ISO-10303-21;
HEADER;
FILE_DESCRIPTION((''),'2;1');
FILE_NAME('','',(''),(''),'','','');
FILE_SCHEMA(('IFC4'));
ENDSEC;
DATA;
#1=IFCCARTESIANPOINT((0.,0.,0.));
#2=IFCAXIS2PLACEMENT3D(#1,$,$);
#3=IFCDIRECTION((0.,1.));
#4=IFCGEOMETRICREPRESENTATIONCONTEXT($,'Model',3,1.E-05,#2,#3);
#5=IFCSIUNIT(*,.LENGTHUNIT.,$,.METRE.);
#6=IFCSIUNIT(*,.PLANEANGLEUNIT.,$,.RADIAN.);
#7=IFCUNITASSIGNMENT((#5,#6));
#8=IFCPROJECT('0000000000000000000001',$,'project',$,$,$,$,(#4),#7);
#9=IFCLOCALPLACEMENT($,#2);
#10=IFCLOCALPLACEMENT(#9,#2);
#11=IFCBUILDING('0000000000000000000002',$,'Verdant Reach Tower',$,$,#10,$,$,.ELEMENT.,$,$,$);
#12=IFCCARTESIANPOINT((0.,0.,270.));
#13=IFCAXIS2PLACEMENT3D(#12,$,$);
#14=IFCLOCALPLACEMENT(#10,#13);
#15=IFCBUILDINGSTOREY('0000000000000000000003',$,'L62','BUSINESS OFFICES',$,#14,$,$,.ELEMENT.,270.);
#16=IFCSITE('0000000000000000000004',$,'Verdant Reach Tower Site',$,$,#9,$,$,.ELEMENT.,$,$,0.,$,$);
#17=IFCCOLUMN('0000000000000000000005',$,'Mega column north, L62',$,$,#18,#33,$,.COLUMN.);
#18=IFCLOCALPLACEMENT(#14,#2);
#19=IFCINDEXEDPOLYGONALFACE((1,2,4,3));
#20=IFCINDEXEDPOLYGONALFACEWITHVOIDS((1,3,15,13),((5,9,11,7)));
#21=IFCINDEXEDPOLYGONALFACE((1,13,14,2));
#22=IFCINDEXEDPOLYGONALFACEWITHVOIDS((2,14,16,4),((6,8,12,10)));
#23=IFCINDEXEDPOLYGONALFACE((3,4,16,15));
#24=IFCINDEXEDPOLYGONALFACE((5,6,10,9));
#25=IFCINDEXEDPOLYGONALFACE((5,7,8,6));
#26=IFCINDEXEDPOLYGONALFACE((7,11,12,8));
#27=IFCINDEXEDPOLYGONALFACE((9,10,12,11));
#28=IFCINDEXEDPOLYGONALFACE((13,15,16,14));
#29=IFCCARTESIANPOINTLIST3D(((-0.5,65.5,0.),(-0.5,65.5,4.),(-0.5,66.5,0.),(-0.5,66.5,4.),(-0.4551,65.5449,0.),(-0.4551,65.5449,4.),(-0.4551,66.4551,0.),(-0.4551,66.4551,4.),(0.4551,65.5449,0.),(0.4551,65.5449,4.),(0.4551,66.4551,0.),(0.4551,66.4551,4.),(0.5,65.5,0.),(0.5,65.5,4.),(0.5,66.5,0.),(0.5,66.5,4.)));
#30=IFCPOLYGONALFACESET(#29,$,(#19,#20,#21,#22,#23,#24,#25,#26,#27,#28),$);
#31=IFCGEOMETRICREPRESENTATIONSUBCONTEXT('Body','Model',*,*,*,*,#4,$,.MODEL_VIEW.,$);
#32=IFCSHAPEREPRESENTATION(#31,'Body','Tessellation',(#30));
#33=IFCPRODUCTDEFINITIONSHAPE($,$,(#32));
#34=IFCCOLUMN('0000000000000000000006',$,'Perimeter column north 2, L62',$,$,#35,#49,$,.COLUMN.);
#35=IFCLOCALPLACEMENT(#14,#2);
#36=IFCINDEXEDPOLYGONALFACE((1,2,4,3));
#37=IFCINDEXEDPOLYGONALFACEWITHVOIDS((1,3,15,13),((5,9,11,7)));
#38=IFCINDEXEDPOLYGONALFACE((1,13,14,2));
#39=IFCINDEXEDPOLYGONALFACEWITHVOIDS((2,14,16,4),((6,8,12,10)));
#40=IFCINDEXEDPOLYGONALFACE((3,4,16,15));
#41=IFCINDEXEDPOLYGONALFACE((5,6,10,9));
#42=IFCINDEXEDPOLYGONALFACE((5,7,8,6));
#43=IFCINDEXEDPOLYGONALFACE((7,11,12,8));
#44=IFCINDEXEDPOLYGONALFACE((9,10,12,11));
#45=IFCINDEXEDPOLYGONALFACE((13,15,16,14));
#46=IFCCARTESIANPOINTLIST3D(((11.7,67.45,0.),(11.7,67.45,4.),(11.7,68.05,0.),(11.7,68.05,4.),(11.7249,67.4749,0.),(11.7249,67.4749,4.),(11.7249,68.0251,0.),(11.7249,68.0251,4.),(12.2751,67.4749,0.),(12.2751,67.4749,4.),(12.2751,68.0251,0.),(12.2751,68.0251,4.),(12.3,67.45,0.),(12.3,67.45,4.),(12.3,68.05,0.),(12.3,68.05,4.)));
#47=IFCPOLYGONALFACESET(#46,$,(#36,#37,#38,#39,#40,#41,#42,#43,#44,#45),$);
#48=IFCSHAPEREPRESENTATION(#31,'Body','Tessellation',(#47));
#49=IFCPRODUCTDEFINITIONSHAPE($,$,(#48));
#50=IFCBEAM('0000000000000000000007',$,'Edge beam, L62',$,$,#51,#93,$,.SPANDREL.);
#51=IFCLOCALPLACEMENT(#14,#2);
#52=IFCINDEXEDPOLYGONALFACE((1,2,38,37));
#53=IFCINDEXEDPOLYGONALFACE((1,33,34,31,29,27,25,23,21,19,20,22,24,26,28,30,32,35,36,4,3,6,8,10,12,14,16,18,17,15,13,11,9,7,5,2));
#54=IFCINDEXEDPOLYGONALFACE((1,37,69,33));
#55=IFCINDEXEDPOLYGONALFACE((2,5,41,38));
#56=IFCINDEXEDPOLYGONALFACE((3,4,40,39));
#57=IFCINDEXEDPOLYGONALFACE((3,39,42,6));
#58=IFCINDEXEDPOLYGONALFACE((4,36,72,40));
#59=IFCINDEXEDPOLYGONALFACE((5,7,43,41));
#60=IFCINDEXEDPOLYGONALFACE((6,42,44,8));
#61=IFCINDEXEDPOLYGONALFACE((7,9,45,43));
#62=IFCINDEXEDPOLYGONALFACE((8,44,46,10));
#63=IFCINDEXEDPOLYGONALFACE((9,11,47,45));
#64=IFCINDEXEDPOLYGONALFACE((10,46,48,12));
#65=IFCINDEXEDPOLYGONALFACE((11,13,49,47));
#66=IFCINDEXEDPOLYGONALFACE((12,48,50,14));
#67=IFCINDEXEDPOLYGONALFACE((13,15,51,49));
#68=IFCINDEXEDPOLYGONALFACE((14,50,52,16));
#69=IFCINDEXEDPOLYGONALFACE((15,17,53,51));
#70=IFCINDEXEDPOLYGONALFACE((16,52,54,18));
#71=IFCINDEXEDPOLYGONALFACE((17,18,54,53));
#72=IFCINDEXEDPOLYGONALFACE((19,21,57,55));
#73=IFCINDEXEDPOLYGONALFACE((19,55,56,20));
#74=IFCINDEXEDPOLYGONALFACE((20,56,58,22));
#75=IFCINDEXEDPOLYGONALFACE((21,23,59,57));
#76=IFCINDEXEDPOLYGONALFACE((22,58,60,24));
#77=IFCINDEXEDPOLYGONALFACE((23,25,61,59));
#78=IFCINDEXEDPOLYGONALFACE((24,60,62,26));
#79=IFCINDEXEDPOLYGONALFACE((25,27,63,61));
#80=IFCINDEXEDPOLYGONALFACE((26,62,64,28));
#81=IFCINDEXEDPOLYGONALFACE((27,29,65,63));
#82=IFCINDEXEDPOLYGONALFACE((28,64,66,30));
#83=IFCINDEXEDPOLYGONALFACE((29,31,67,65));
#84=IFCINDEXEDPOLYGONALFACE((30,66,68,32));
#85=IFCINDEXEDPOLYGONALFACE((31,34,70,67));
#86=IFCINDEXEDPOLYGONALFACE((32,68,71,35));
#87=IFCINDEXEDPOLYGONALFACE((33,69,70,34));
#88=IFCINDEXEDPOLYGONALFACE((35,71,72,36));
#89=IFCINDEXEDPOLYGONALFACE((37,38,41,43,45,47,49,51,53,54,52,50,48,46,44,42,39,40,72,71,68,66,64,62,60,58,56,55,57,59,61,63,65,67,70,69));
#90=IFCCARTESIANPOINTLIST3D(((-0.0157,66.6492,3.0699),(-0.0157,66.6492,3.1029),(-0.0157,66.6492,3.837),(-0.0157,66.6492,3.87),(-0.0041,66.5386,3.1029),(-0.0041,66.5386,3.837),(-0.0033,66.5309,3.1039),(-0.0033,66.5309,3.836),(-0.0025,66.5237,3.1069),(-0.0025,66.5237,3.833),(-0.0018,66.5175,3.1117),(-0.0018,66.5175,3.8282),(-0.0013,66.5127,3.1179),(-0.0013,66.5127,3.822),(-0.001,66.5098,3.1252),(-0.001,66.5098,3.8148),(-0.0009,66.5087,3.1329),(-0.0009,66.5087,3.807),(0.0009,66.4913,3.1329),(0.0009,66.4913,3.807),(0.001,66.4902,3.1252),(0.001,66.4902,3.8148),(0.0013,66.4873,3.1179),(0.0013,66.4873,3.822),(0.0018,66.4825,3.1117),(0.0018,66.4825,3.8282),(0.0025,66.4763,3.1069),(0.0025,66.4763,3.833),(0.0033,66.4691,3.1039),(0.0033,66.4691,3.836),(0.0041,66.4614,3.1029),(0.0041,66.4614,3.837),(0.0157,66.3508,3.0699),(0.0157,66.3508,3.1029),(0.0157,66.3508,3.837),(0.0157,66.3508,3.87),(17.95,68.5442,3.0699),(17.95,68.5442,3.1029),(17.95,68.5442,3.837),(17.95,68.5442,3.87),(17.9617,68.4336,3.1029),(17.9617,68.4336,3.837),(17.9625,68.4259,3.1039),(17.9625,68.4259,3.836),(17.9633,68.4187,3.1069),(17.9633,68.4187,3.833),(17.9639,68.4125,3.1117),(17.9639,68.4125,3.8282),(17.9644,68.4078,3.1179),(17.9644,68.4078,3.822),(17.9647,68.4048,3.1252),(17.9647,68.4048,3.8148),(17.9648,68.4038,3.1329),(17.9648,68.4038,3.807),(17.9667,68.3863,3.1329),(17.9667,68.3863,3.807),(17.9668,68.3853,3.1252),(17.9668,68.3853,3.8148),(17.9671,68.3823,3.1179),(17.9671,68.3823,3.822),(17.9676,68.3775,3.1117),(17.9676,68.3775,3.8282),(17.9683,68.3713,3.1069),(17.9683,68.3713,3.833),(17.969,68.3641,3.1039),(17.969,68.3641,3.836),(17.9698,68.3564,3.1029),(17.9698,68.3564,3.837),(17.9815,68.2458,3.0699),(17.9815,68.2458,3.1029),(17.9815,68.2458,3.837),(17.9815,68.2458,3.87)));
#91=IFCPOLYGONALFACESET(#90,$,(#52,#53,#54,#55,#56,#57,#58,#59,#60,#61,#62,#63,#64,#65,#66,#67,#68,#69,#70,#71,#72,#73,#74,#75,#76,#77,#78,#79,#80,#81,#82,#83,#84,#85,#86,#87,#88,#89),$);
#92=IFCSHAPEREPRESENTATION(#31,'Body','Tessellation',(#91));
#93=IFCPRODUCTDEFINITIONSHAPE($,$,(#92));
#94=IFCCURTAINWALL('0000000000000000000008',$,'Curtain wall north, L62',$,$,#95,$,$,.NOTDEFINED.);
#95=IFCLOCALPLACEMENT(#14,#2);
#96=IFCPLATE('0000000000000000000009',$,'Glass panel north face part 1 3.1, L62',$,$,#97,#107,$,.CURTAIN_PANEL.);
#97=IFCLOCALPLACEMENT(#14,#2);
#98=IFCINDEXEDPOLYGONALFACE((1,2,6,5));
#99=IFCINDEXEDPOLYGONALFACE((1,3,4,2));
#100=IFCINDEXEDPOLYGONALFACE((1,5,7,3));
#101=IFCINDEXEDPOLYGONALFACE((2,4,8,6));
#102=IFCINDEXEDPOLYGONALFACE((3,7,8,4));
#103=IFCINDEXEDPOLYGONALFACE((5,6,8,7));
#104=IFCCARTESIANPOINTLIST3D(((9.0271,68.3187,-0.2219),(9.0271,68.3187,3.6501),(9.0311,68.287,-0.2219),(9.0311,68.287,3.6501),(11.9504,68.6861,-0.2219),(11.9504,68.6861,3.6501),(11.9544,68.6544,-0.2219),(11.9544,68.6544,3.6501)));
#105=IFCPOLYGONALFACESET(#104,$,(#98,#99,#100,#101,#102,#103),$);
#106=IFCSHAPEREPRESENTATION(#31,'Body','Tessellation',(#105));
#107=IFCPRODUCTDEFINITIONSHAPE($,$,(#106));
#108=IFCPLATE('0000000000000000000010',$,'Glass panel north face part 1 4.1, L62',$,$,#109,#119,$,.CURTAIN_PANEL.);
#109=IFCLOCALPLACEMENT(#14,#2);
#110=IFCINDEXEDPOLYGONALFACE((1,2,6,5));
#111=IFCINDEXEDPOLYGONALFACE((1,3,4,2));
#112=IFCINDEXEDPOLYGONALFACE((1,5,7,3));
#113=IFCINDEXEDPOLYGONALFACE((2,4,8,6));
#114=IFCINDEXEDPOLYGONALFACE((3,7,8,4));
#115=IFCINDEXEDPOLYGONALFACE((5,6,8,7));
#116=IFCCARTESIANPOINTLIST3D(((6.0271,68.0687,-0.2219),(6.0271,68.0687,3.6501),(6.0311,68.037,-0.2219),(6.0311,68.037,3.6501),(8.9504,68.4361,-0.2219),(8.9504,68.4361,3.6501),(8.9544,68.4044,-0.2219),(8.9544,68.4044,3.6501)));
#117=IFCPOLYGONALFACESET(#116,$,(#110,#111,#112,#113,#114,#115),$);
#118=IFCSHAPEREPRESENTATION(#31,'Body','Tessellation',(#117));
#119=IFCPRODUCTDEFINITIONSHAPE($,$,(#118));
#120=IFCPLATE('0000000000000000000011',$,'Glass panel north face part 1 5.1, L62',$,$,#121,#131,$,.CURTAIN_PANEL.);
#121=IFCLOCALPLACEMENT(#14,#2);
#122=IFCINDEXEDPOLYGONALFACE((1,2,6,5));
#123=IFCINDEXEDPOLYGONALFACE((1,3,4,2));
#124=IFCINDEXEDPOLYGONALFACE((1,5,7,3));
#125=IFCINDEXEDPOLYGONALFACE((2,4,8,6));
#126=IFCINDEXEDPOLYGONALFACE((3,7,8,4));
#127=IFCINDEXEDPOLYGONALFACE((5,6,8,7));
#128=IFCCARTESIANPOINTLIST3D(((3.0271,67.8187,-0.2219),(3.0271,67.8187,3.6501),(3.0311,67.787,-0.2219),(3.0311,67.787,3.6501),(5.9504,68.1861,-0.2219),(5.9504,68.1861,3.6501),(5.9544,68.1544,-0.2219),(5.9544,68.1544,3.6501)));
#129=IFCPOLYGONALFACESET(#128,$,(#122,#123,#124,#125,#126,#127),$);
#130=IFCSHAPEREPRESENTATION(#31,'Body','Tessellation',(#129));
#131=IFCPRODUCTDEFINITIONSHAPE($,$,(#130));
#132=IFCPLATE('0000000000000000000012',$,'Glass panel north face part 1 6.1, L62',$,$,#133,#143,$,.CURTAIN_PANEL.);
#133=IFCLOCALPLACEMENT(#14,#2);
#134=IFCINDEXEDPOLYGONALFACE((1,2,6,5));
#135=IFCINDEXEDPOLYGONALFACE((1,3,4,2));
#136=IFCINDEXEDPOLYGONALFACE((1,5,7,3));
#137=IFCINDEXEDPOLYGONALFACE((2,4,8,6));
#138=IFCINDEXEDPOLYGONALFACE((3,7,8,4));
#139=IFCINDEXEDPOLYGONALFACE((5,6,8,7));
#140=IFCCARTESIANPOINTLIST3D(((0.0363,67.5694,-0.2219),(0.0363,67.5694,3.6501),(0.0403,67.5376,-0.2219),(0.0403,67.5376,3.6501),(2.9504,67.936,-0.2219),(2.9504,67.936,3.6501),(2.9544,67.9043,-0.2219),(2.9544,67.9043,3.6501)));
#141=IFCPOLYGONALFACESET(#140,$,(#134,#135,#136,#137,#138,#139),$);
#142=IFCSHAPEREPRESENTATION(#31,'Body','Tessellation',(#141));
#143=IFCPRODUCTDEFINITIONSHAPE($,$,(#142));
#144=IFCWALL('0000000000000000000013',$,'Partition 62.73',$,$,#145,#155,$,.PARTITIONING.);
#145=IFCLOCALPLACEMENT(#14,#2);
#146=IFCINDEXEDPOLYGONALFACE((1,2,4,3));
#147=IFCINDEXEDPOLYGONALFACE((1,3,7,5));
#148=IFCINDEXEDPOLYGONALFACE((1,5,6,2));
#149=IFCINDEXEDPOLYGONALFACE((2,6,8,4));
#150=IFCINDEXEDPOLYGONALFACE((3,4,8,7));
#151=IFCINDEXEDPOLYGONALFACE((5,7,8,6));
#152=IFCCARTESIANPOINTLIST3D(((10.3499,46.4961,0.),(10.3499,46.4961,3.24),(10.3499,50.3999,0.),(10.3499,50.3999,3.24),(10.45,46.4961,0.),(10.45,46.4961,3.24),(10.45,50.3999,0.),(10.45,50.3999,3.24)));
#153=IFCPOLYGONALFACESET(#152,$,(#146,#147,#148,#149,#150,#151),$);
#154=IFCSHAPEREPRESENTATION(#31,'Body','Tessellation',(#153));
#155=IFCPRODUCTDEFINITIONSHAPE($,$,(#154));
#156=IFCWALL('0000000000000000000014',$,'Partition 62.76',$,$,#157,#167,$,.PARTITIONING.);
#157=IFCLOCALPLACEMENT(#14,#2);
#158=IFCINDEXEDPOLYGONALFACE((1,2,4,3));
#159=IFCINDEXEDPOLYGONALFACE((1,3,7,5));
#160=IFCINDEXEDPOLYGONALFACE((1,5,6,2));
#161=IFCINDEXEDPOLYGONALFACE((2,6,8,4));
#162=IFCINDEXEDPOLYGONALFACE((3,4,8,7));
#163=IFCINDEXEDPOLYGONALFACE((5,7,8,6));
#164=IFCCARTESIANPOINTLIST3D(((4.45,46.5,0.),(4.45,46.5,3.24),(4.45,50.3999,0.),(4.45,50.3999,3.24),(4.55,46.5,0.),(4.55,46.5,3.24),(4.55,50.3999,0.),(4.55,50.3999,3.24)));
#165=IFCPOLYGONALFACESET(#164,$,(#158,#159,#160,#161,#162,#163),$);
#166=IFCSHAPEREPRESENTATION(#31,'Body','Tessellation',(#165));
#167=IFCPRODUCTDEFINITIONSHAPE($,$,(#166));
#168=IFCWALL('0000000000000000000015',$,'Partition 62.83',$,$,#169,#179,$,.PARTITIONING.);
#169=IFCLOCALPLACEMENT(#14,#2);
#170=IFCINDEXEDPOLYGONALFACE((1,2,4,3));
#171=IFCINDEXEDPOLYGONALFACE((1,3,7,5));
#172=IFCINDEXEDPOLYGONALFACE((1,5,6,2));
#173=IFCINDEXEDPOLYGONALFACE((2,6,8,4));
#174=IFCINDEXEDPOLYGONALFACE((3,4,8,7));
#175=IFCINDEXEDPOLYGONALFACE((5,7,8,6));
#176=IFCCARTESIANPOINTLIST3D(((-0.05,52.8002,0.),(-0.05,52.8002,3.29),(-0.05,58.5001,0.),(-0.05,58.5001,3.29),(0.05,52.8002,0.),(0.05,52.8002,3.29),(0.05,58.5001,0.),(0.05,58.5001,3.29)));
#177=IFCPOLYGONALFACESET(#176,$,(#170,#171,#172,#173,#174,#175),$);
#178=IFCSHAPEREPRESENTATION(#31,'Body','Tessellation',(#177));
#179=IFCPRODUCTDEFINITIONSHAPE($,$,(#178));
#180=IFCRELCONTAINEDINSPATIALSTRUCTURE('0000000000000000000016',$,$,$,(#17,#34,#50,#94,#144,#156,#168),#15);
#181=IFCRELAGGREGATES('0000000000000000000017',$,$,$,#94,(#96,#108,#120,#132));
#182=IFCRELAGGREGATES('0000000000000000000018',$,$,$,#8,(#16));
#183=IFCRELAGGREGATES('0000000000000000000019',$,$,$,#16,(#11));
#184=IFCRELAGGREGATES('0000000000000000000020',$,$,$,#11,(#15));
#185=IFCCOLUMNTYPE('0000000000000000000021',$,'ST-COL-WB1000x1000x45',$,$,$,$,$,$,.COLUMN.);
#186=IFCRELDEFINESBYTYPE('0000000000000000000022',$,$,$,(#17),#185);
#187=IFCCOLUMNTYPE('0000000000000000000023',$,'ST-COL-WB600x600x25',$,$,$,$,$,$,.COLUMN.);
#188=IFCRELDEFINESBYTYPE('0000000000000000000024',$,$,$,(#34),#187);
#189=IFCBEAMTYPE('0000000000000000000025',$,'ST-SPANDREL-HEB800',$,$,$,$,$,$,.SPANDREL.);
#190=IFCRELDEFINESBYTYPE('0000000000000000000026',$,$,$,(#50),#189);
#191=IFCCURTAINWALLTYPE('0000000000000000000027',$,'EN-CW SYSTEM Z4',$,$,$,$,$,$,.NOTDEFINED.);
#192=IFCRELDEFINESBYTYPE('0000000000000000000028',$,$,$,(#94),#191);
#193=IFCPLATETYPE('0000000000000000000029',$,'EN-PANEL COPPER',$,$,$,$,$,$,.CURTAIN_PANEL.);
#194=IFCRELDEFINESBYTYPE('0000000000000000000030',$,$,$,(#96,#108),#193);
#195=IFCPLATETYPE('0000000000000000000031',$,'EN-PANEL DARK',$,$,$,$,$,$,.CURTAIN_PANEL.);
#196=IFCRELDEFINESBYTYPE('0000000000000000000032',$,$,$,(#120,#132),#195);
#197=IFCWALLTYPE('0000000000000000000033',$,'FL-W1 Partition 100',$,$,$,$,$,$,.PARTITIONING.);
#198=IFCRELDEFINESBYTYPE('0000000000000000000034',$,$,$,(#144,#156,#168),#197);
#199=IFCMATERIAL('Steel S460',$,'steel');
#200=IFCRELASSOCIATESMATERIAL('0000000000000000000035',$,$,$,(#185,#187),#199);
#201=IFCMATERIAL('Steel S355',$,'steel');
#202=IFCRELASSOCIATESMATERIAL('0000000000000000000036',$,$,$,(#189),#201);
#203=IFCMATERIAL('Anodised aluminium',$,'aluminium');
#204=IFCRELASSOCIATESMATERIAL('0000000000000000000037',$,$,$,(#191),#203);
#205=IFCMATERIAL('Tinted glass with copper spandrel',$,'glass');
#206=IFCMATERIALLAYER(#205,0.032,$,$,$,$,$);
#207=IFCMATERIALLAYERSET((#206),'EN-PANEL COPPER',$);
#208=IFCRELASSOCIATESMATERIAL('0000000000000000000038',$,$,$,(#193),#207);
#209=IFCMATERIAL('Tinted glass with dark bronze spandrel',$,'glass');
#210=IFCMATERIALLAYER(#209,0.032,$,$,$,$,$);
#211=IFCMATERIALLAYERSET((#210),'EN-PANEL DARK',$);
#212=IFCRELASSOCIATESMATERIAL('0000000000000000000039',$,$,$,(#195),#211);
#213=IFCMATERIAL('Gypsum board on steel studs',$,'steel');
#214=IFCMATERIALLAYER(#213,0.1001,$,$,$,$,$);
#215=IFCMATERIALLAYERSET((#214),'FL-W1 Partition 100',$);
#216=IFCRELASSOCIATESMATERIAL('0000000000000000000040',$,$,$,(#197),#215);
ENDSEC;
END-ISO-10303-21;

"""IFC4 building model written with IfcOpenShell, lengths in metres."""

from ifc_helpers import new_model, si_unit, direction, frame, frame_2d, origin, origin_2d, place, context, subcontext, project, spatial, rectangle, hollow_rectangle, i_section, extrude, material, layer, layer_set, material_profile, profile_set, type_object, element, aggregate, save


model = new_model("IFC4")

# Units and contexts
model_context = context("Model", 3, precision=1e-05, world=origin(), true_north=direction((0.0, 1.0)))
body_context = subcontext(model_context, "Body", "Model", "MODEL_VIEW")
ifc_project = project(units=[si_unit("LENGTHUNIT", "METRE"), si_unit("PLANEANGLEUNIT", "RADIAN")], contexts=[model_context])

# Site, building, storey
site_placement = place(None, origin())
site = spatial("IfcSite", under=ifc_project, at=site_placement, Name="Verdant Reach Tower Site", CompositionType="ELEMENT", RefElevation=0.0)
building_placement = place(site_placement, origin())
building = spatial("IfcBuilding", under=site, at=building_placement, Name="Verdant Reach Tower", CompositionType="ELEMENT")
storey_placement = place(building_placement, frame((0.0, 0.0, 270.0)))
storey = spatial("IfcBuildingStorey", under=building, at=storey_placement, Name="L62", Description="BUSINESS OFFICES", CompositionType="ELEMENT", Elevation=270.0)

# Columns
ifc_material_1 = material(Name="Steel S460", Category="steel")
ifc_material_profile_1 = material_profile(ifc_material_1, hollow_rectangle(XDim=1.0, YDim=1.0, WallThickness=0.0449, at=origin_2d()), Name="WB 1000x1000x45")
ifc_profile_set_1 = profile_set([ifc_material_profile_1], Name="Steel S460")
column_type_1 = type_object("IfcColumnType", Name="ST-COL-WB1000x1000x45", PredefinedType="COLUMN", material=ifc_profile_set_1)
column_1_placement = place(storey_placement, frame((0.0, 66.0, 0.0), z_axis=(0.0, 0.0, 1.0), x_axis=(1.0, 0.0, 0.0)))
element("IfcColumn", 1, at=column_1_placement, inside=storey, type_object=column_type_1, Name="Mega column north, L62", PredefinedType="COLUMN", context=body_context, shape_type="SweptSolid", body=[
    extrude(hollow_rectangle(XDim=1.0, YDim=1.0, WallThickness=0.0449, at=origin_2d()), origin(), (0.0, 0.0, 1.0), 4.0),
])
ifc_material_profile_2 = material_profile(ifc_material_1, hollow_rectangle(XDim=0.6001, YDim=0.6001, WallThickness=0.0249, at=origin_2d()), Name="WB 600x600x25")
ifc_profile_set_2 = profile_set([ifc_material_profile_2], Name="Steel S460")
column_type_2 = type_object("IfcColumnType", Name="ST-COL-WB600x600x25", PredefinedType="COLUMN", material=ifc_profile_set_2)
column_2_placement = place(storey_placement, frame((12.0, 67.75, 0.0), z_axis=(0.0, 0.0, 1.0), x_axis=(1.0, 0.0, 0.0)))
element("IfcColumn", 2, at=column_2_placement, inside=storey, type_object=column_type_2, Name="Perimeter column north 2, L62", PredefinedType="COLUMN", context=body_context, shape_type="SweptSolid", body=[
    extrude(hollow_rectangle(XDim=0.6001, YDim=0.6001, WallThickness=0.0249, at=origin_2d()), origin(), (0.0, 0.0, 1.0), 4.0),
])

# Beam
ifc_material_2 = material(Name="Steel S355", Category="steel")
ifc_material_profile_3 = material_profile(ifc_material_2, i_section(OverallWidth=0.3, OverallDepth=0.8, WebThickness=0.0176, FlangeThickness=0.033, FilletRadius=0.03, at=origin_2d()), Name="HEB 800")
ifc_profile_set_3 = profile_set([ifc_material_profile_3], Name="Steel S355")
beam_type = type_object("IfcBeamType", Name="ST-SPANDREL-HEB800", PredefinedType="SPANDREL", material=ifc_profile_set_3)
beam_placement = place(storey_placement, frame((0.0, 66.5, 3.47), z_axis=(0.994483, 0.104897, 0.0), x_axis=(-0.104897, 0.994483, 0.0)))
element("IfcBeam", 3, at=beam_placement, inside=storey, type_object=beam_type, Name="Edge beam, L62", PredefinedType="SPANDREL", context=body_context, shape_type="SweptSolid", body=[
    extrude(i_section(OverallWidth=0.3, OverallDepth=0.8, WebThickness=0.0176, FlangeThickness=0.033, FilletRadius=0.03, at=origin_2d()), origin(), (0.0, 0.0, 1.0), 18.0654),
])

# Curtain wall, plates
ifc_material_3 = material(Name="Anodised aluminium", Category="aluminium")
curtain_wall_type = type_object("IfcCurtainWallType", Name="EN-CW SYSTEM Z4", PredefinedType="NOTDEFINED", material=ifc_material_3)
curtain_wall_placement = place(storey_placement, origin())
curtain_wall = element("IfcCurtainWall", 4, at=curtain_wall_placement, inside=storey, type_object=curtain_wall_type, Name="Curtain wall north, L62", PredefinedType="NOTDEFINED")
ifc_material_4 = material(Name="Tinted glass with copper spandrel", Category="glass")
ifc_layer_1 = layer(ifc_material_4, 0.032)
ifc_layer_set_1 = layer_set([ifc_layer_1], Name="EN-PANEL COPPER")
plate_type_1 = type_object("IfcPlateType", Name="EN-PANEL COPPER", PredefinedType="CURTAIN_PANEL", material=ifc_layer_set_1)
plate_1_placement = place(storey_placement, frame((10.4907, 68.4866, -0.2219), z_axis=(0.0, 0.0, 1.0), x_axis=(-0.992194, -0.124704, 0.0)))
plate_1 = element("IfcPlate", 5, at=plate_1_placement, type_object=plate_type_1, Name="Glass panel north face part 1 3.1, L62", PredefinedType="CURTAIN_PANEL", context=body_context, shape_type="SweptSolid", body=[
    extrude(rectangle(XDim=2.9463, YDim=0.032, at=origin_2d()), origin(), (0.0, 0.0, 1.0), 3.8721),
])
plate_2_placement = place(storey_placement, frame((7.4907, 68.2366, -0.2219), z_axis=(0.0, 0.0, 1.0), x_axis=(-0.992194, -0.124704, 0.0)))
plate_2 = element("IfcPlate", 6, at=plate_2_placement, type_object=plate_type_1, Name="Glass panel north face part 1 4.1, L62", PredefinedType="CURTAIN_PANEL", context=body_context, shape_type="SweptSolid", body=[
    extrude(rectangle(XDim=2.9463, YDim=0.032, at=origin_2d()), origin(), (0.0, 0.0, 1.0), 3.8721),
])
ifc_material_5 = material(Name="Tinted glass with dark bronze spandrel", Category="glass")
ifc_layer_2 = layer(ifc_material_5, 0.032)
ifc_layer_set_2 = layer_set([ifc_layer_2], Name="EN-PANEL DARK")
plate_type_2 = type_object("IfcPlateType", Name="EN-PANEL DARK", PredefinedType="CURTAIN_PANEL", material=ifc_layer_set_2)
plate_3_placement = place(storey_placement, frame((4.4907, 67.9866, -0.2219), z_axis=(0.0, 0.0, 1.0), x_axis=(-0.992194, -0.124704, 0.0)))
plate_3 = element("IfcPlate", 7, at=plate_3_placement, type_object=plate_type_2, Name="Glass panel north face part 1 5.1, L62", PredefinedType="CURTAIN_PANEL", context=body_context, shape_type="SweptSolid", body=[
    extrude(rectangle(XDim=2.9463, YDim=0.032, at=origin_2d()), origin(), (0.0, 0.0, 1.0), 3.8721),
])
plate_4_placement = place(storey_placement, frame((1.4954, 67.7368, -0.2219), z_axis=(0.0, 0.0, 1.0), x_axis=(-0.992178, -0.124832, 0.0)))
plate_4 = element("IfcPlate", 8, at=plate_4_placement, type_object=plate_type_2, Name="Glass panel north face part 1 6.1, L62", PredefinedType="CURTAIN_PANEL", context=body_context, shape_type="SweptSolid", body=[
    extrude(rectangle(XDim=2.937, YDim=0.032, at=origin_2d()), origin(), (0.0, 0.0, 1.0), 3.8721),
])
aggregate(curtain_wall, [plate_1, plate_2, plate_3, plate_4])

# Walls
ifc_material_6 = material(Name="Gypsum board on steel studs", Category="steel")
ifc_layer_3 = layer(ifc_material_6, 0.1001)
ifc_layer_set_3 = layer_set([ifc_layer_3], Name="FL-W1 Partition 100")
wall_type_1 = type_object("IfcWallType", Name="FL-W1 Partition 100", PredefinedType="PARTITIONING", material=ifc_layer_set_3)
wall_1_placement = place(storey_placement, frame((10.3999, 50.3999, 0.0), z_axis=(0.0, 0.0, 1.0), x_axis=(0.0, -1.0, 0.0)))
element("IfcWall", 9, at=wall_1_placement, inside=storey, type_object=wall_type_1, Name="Partition 62.73", PredefinedType="PARTITIONING", context=body_context, shape_type="SweptSolid", body=[
    extrude(rectangle(XDim=3.9038, YDim=0.1001, at=frame_2d((1.9519, 0.0))), origin(), (0.0, 0.0, 1.0), 3.24),
])
wall_2_placement = place(storey_placement, frame((4.5, 50.3999, 0.0), z_axis=(0.0, 0.0, 1.0), x_axis=(0.0, -1.0, 0.0)))
element("IfcWall", 10, at=wall_2_placement, inside=storey, type_object=wall_type_1, Name="Partition 62.76", PredefinedType="PARTITIONING", context=body_context, shape_type="SweptSolid", body=[
    extrude(rectangle(XDim=3.8999, YDim=0.1001, at=frame_2d((1.95, 0.0))), origin(), (0.0, 0.0, 1.0), 3.24),
])
wall_3_placement = place(storey_placement, frame((0.0, 52.8, 0.0), z_axis=(0.0, 0.0, 1.0), x_axis=(0.0, 1.0, 0.0)))
element("IfcWall", 11, at=wall_3_placement, inside=storey, type_object=wall_type_1, Name="Partition 62.83", PredefinedType="PARTITIONING", context=body_context, shape_type="SweptSolid", body=[
    extrude(rectangle(XDim=5.7, YDim=0.1001, at=frame_2d((2.8501, 0.0))), origin(), (0.0, 0.0, 1.0), 3.29),
])

save(model, "model.ifc")
